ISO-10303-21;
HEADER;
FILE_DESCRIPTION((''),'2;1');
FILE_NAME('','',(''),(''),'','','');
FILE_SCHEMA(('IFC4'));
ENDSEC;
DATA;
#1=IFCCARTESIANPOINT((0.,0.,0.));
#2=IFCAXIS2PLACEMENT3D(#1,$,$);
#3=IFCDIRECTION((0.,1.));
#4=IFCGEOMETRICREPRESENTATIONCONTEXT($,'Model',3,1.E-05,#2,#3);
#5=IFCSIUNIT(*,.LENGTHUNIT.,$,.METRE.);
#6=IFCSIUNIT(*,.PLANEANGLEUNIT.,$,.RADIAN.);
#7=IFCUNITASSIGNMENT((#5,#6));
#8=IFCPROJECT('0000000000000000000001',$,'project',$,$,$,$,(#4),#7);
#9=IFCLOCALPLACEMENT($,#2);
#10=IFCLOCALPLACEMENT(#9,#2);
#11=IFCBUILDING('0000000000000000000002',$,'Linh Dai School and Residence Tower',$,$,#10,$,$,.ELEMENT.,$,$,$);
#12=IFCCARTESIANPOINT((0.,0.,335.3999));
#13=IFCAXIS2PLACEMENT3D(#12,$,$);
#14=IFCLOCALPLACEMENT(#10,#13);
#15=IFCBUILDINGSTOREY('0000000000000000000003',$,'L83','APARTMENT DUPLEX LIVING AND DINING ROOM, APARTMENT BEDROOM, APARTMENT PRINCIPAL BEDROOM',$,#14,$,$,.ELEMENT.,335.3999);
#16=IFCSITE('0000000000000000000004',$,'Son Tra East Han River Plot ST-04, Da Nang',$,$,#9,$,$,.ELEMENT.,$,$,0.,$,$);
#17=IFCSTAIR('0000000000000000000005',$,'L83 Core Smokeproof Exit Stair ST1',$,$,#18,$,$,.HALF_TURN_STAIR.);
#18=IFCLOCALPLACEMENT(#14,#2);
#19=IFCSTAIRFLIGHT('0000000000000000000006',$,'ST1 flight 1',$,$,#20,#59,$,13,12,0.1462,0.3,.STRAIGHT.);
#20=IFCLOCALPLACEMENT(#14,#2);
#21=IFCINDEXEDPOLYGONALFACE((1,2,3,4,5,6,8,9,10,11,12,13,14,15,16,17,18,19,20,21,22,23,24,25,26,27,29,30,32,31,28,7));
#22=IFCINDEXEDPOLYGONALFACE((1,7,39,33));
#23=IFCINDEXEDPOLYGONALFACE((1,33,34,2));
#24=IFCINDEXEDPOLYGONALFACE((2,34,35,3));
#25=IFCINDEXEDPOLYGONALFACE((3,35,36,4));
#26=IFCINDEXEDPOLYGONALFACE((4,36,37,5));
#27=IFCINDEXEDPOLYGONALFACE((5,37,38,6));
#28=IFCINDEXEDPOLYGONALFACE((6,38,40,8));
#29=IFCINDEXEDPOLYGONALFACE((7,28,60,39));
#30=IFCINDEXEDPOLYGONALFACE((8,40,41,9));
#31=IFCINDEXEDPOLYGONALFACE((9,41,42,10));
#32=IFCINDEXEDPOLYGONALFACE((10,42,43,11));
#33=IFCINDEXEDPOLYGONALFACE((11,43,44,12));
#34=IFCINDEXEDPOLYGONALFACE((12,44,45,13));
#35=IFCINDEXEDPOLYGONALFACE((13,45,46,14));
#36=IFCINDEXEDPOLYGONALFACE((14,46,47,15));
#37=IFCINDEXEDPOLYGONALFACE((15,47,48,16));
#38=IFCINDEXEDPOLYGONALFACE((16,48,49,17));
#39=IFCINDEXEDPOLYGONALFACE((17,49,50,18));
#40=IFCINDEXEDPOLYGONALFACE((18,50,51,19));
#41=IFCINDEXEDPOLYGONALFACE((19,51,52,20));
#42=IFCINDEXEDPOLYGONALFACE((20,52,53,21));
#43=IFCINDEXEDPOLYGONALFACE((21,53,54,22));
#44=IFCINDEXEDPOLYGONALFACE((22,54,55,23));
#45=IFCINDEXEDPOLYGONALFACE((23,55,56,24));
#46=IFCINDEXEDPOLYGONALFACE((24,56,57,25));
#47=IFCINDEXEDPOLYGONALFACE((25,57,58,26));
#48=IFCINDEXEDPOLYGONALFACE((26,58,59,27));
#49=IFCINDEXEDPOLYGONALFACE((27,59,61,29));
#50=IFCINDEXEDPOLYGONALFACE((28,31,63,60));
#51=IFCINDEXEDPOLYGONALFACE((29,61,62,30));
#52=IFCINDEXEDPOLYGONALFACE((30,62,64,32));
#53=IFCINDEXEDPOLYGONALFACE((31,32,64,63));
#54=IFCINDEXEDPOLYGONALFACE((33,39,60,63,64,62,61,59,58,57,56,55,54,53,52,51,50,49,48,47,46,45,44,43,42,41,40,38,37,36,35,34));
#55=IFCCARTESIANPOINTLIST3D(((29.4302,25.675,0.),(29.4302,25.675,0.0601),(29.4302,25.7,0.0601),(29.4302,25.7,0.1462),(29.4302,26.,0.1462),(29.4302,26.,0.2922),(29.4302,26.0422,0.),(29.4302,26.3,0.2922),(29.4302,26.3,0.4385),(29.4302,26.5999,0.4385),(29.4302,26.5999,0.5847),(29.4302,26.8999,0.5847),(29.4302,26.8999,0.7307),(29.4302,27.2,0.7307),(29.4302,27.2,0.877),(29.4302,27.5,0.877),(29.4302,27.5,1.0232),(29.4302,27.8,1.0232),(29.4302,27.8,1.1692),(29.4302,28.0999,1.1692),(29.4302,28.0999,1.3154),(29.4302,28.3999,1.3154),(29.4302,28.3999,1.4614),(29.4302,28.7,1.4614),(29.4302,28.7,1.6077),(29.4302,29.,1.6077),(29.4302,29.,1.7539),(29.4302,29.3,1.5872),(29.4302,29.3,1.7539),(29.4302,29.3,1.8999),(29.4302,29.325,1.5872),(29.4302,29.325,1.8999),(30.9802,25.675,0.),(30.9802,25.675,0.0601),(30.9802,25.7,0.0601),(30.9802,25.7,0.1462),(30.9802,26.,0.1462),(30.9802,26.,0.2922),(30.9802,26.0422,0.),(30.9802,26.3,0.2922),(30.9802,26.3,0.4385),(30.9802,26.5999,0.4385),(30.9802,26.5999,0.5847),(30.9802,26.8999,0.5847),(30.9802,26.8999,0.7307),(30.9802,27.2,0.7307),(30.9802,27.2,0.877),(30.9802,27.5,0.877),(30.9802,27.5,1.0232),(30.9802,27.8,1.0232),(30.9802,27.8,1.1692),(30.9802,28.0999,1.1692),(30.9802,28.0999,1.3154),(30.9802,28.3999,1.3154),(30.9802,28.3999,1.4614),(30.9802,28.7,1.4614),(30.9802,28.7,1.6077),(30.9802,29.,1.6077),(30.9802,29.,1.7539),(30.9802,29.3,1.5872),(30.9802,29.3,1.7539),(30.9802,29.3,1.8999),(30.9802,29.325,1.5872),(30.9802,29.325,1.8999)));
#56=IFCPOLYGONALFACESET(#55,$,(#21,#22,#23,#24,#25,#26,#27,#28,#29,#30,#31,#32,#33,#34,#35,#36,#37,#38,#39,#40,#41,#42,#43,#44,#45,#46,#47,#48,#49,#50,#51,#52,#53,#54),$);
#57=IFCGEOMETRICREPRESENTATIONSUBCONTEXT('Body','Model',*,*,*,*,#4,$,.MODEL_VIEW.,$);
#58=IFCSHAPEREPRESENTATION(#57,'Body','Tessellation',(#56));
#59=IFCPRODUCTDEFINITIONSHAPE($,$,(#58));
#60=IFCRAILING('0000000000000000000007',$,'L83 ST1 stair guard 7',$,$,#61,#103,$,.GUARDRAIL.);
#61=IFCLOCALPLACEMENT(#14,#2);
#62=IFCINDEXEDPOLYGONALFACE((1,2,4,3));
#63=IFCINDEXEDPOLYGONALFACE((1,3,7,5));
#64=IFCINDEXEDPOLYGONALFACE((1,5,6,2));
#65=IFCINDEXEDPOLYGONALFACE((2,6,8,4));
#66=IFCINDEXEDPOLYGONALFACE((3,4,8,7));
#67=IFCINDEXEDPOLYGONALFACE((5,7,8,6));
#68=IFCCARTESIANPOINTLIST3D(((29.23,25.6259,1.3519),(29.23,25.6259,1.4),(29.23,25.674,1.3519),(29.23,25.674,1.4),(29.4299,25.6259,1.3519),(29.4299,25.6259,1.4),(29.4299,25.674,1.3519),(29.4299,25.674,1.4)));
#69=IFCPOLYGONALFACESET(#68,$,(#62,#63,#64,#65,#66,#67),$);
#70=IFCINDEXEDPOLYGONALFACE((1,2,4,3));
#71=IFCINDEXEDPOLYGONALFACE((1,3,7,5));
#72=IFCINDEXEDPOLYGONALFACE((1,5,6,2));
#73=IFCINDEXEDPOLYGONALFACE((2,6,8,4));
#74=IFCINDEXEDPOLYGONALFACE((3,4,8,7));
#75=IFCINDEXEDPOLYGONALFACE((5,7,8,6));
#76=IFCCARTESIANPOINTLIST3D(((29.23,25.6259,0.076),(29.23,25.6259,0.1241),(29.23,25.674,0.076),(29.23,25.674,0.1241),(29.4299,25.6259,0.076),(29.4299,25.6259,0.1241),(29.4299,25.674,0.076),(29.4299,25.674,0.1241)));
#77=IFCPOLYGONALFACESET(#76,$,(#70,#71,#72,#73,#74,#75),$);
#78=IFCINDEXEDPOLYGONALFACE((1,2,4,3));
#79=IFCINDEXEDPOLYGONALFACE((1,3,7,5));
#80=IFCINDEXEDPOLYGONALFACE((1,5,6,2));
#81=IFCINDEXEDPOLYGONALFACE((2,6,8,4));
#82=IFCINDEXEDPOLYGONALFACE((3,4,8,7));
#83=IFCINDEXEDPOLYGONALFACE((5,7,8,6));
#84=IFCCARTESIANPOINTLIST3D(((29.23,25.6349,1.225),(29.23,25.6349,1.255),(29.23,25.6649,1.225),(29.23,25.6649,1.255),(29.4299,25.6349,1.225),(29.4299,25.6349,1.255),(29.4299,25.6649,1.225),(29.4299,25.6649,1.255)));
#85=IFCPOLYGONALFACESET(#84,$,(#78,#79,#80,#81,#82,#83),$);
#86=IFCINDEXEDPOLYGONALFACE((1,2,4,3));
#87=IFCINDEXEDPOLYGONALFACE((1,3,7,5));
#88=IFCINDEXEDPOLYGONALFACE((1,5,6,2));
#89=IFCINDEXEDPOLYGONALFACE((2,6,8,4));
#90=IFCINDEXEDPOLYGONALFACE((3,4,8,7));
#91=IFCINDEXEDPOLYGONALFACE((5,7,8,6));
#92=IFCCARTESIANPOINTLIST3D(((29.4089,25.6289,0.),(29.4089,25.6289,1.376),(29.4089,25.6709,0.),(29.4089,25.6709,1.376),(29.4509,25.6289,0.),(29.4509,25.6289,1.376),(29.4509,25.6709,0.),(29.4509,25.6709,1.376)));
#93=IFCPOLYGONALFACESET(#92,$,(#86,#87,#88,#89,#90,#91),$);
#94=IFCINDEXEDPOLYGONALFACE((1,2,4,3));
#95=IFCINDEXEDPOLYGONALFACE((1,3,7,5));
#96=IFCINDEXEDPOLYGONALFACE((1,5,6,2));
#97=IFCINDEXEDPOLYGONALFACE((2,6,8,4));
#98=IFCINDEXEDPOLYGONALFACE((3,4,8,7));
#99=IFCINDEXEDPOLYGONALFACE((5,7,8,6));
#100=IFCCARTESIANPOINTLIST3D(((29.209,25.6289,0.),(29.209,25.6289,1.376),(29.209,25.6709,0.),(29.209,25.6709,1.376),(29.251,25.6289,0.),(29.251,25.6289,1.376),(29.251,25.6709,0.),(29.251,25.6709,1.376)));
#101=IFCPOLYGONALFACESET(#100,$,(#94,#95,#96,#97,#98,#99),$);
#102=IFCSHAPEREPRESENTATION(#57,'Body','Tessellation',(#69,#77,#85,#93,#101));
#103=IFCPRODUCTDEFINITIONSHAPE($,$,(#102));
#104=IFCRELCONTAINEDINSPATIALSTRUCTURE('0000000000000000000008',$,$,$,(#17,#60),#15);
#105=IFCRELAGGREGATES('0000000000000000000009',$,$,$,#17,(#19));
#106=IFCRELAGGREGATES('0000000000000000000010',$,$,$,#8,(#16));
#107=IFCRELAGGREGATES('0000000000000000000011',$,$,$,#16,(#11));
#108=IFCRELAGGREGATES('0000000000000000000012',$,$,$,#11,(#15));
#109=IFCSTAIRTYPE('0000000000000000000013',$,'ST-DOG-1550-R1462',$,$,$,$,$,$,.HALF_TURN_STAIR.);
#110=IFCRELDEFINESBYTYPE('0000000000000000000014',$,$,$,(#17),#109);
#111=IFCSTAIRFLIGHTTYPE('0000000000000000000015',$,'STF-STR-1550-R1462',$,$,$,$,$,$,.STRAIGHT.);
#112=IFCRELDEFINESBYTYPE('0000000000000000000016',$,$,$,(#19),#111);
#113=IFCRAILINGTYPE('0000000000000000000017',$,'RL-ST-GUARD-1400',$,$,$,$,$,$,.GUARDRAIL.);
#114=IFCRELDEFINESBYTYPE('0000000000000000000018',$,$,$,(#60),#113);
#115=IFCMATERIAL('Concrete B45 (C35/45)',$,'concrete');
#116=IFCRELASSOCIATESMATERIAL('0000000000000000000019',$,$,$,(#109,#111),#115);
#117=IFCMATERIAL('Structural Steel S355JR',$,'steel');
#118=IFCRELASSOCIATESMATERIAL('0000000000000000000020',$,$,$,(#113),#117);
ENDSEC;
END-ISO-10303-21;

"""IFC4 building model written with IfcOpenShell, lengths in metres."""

from ifc_helpers import new_model, si_unit, direction, frame, origin, origin_2d, place, context, subcontext, project, spatial, polyline, rectangle, outline, extrude, source, transform, mapped, material, type_object, element, aggregate, save


model = new_model("IFC4")

# Units and contexts
model_context = context("Model", 3, precision=1e-05, world=origin(), true_north=direction((0.0, 1.0)))
body_context = subcontext(model_context, "Body", "Model", "MODEL_VIEW")
ifc_project = project(units=[si_unit("LENGTHUNIT", "METRE"), si_unit("PLANEANGLEUNIT", "RADIAN")], contexts=[model_context])

# Site, building, storey
site_placement = place(None, origin())
site = spatial("IfcSite", under=ifc_project, at=site_placement, Name="Son Tra East Han River Plot ST-04, Da Nang", CompositionType="ELEMENT", RefElevation=0.0)
building_placement = place(site_placement, origin())
building = spatial("IfcBuilding", under=site, at=building_placement, Name="Linh Dai School and Residence Tower", CompositionType="ELEMENT")
storey_placement = place(building_placement, frame((0.0, 0.0, 335.3999)))
storey = spatial("IfcBuildingStorey", under=building, at=storey_placement, Name="L83", Description="APARTMENT DUPLEX LIVING AND DINING ROOM, APARTMENT BEDROOM, APARTMENT PRINCIPAL BEDROOM", CompositionType="ELEMENT", Elevation=335.3999)

# Shared definitions
ifc_material_1 = material(Name="Structural Steel S355JR", Category="steel")

# Shared definitions
ifc_material_2 = material(Name="Concrete B45 (C35/45)", Category="concrete")

# Stair, stair flight
stair_type = type_object("IfcStairType", Name="ST-DOG-1550-R1462", PredefinedType="HALF_TURN_STAIR", material=ifc_material_2)
stair_placement = place(storey_placement, origin())
stair = element("IfcStair", 1, at=stair_placement, inside=storey, type_object=stair_type, Name="L83 Core Smokeproof Exit Stair ST1", PredefinedType="HALF_TURN_STAIR")
stair_flight_type = type_object("IfcStairFlightType", Name="STF-STR-1550-R1462", PredefinedType="STRAIGHT", material=ifc_material_2)
shared_shape_1 = source(origin(), body_context, "Body", "SweptSolid", [
    extrude(outline(polyline([(-0.0249, 0.0), (-0.0249, 0.0601), (0.0, 0.0601), (0.0, 0.1462), (0.3, 0.1462), (0.3, 0.2922), (0.6001, 0.2922), (0.6001, 0.4385), (0.8999, 0.4385), (0.8999, 0.5847), (1.2, 0.5847), (1.2, 0.7307), (1.5, 0.7307), (1.5, 0.877), (1.8, 0.877), (1.8, 1.0232), (2.1001, 1.0232), (2.1001, 1.1692), (2.3999, 1.1692), (2.3999, 1.3154), (2.7, 1.3154), (2.7, 1.4614), (3.0, 1.4614), (3.0, 1.6077), (3.3, 1.6077), (3.3, 1.7539), (3.6001, 1.7539), (3.6001, 1.8999), (3.625, 1.8999), (3.625, 1.5872), (3.6001, 1.5872), (0.3423, 0.0), (-0.0249, 0.0)])), frame((0.0, 0.7749, 0.0), z_axis=(0.0, -1.0, 0.0), x_axis=(1.0, 0.0, 0.0)), (0.0, 0.0, 1.0), 1.55),
])
stair_flight_placement = place(storey_placement, frame((30.2051, 25.7, 0.0), z_axis=(0.0, 0.0, 1.0), x_axis=(0.0, 1.0, 0.0)))
stair_flight = element("IfcStairFlight", 2, at=stair_flight_placement, type_object=stair_flight_type, Name="ST1 flight 1", NumberOfRisers=13, NumberOfTreads=12, PredefinedType="STRAIGHT", RiserHeight=0.1462, TreadLength=0.3, context=body_context, shape_type="MappedRepresentation", body=[
    mapped(shared_shape_1, transform((0.0, 0.0, 0.0), x_axis=(1.0, 0.0, 0.0), y_axis=(0.0, 1.0, 0.0), z_axis=(0.0, 0.0, 1.0), scale=1.0)),
])
aggregate(stair, [stair_flight])

# Railing
railing_type_1 = type_object("IfcRailingType", Name="RL-ST-GUARD-1400", PredefinedType="GUARDRAIL", material=ifc_material_1)
shared_shape_2 = source(origin(), body_context, "Body", "SweptSolid", [
    extrude(rectangle(XDim=0.0481, YDim=0.0481, at=origin_2d()), frame((0.0, 0.0, 1.376), z_axis=(-1.0, 0.0, 0.0), x_axis=(0.0, -1.0, 0.0)), (0.0, 0.0, 1.0), 0.2),
    extrude(rectangle(XDim=0.0481, YDim=0.0481, at=origin_2d()), frame((0.0, 0.0, 0.1001), z_axis=(-1.0, 0.0, 0.0), x_axis=(0.0, -1.0, 0.0)), (0.0, 0.0, 1.0), 0.2),
    extrude(rectangle(XDim=0.03, YDim=0.03, at=origin_2d()), frame((0.0, 0.0, 1.24), z_axis=(-1.0, 0.0, 0.0), x_axis=(0.0, -1.0, 0.0)), (0.0, 0.0, 1.0), 0.2),
    extrude(rectangle(XDim=0.042, YDim=0.042, at=origin_2d()), origin(), (0.0, 0.0, 1.0), 1.376),
    extrude(rectangle(XDim=0.042, YDim=0.042, at=origin_2d()), frame((-0.2, 0.0, 0.0)), (0.0, 0.0, 1.0), 1.376),
])
railing_1_placement = place(storey_placement, frame((29.4299, 25.6499, 0.0)))
element("IfcRailing", 3, at=railing_1_placement, inside=storey, type_object=railing_type_1, Name="L83 ST1 stair guard 7", PredefinedType="GUARDRAIL", context=body_context, shape_type="MappedRepresentation", body=[
    mapped(shared_shape_2, transform((0.0, 0.0, 0.0), x_axis=(1.0, 0.0, 0.0), y_axis=(0.0, 1.0, 0.0), z_axis=(0.0, 0.0, 1.0), scale=1.0)),
])

save(model, "model.ifc")
